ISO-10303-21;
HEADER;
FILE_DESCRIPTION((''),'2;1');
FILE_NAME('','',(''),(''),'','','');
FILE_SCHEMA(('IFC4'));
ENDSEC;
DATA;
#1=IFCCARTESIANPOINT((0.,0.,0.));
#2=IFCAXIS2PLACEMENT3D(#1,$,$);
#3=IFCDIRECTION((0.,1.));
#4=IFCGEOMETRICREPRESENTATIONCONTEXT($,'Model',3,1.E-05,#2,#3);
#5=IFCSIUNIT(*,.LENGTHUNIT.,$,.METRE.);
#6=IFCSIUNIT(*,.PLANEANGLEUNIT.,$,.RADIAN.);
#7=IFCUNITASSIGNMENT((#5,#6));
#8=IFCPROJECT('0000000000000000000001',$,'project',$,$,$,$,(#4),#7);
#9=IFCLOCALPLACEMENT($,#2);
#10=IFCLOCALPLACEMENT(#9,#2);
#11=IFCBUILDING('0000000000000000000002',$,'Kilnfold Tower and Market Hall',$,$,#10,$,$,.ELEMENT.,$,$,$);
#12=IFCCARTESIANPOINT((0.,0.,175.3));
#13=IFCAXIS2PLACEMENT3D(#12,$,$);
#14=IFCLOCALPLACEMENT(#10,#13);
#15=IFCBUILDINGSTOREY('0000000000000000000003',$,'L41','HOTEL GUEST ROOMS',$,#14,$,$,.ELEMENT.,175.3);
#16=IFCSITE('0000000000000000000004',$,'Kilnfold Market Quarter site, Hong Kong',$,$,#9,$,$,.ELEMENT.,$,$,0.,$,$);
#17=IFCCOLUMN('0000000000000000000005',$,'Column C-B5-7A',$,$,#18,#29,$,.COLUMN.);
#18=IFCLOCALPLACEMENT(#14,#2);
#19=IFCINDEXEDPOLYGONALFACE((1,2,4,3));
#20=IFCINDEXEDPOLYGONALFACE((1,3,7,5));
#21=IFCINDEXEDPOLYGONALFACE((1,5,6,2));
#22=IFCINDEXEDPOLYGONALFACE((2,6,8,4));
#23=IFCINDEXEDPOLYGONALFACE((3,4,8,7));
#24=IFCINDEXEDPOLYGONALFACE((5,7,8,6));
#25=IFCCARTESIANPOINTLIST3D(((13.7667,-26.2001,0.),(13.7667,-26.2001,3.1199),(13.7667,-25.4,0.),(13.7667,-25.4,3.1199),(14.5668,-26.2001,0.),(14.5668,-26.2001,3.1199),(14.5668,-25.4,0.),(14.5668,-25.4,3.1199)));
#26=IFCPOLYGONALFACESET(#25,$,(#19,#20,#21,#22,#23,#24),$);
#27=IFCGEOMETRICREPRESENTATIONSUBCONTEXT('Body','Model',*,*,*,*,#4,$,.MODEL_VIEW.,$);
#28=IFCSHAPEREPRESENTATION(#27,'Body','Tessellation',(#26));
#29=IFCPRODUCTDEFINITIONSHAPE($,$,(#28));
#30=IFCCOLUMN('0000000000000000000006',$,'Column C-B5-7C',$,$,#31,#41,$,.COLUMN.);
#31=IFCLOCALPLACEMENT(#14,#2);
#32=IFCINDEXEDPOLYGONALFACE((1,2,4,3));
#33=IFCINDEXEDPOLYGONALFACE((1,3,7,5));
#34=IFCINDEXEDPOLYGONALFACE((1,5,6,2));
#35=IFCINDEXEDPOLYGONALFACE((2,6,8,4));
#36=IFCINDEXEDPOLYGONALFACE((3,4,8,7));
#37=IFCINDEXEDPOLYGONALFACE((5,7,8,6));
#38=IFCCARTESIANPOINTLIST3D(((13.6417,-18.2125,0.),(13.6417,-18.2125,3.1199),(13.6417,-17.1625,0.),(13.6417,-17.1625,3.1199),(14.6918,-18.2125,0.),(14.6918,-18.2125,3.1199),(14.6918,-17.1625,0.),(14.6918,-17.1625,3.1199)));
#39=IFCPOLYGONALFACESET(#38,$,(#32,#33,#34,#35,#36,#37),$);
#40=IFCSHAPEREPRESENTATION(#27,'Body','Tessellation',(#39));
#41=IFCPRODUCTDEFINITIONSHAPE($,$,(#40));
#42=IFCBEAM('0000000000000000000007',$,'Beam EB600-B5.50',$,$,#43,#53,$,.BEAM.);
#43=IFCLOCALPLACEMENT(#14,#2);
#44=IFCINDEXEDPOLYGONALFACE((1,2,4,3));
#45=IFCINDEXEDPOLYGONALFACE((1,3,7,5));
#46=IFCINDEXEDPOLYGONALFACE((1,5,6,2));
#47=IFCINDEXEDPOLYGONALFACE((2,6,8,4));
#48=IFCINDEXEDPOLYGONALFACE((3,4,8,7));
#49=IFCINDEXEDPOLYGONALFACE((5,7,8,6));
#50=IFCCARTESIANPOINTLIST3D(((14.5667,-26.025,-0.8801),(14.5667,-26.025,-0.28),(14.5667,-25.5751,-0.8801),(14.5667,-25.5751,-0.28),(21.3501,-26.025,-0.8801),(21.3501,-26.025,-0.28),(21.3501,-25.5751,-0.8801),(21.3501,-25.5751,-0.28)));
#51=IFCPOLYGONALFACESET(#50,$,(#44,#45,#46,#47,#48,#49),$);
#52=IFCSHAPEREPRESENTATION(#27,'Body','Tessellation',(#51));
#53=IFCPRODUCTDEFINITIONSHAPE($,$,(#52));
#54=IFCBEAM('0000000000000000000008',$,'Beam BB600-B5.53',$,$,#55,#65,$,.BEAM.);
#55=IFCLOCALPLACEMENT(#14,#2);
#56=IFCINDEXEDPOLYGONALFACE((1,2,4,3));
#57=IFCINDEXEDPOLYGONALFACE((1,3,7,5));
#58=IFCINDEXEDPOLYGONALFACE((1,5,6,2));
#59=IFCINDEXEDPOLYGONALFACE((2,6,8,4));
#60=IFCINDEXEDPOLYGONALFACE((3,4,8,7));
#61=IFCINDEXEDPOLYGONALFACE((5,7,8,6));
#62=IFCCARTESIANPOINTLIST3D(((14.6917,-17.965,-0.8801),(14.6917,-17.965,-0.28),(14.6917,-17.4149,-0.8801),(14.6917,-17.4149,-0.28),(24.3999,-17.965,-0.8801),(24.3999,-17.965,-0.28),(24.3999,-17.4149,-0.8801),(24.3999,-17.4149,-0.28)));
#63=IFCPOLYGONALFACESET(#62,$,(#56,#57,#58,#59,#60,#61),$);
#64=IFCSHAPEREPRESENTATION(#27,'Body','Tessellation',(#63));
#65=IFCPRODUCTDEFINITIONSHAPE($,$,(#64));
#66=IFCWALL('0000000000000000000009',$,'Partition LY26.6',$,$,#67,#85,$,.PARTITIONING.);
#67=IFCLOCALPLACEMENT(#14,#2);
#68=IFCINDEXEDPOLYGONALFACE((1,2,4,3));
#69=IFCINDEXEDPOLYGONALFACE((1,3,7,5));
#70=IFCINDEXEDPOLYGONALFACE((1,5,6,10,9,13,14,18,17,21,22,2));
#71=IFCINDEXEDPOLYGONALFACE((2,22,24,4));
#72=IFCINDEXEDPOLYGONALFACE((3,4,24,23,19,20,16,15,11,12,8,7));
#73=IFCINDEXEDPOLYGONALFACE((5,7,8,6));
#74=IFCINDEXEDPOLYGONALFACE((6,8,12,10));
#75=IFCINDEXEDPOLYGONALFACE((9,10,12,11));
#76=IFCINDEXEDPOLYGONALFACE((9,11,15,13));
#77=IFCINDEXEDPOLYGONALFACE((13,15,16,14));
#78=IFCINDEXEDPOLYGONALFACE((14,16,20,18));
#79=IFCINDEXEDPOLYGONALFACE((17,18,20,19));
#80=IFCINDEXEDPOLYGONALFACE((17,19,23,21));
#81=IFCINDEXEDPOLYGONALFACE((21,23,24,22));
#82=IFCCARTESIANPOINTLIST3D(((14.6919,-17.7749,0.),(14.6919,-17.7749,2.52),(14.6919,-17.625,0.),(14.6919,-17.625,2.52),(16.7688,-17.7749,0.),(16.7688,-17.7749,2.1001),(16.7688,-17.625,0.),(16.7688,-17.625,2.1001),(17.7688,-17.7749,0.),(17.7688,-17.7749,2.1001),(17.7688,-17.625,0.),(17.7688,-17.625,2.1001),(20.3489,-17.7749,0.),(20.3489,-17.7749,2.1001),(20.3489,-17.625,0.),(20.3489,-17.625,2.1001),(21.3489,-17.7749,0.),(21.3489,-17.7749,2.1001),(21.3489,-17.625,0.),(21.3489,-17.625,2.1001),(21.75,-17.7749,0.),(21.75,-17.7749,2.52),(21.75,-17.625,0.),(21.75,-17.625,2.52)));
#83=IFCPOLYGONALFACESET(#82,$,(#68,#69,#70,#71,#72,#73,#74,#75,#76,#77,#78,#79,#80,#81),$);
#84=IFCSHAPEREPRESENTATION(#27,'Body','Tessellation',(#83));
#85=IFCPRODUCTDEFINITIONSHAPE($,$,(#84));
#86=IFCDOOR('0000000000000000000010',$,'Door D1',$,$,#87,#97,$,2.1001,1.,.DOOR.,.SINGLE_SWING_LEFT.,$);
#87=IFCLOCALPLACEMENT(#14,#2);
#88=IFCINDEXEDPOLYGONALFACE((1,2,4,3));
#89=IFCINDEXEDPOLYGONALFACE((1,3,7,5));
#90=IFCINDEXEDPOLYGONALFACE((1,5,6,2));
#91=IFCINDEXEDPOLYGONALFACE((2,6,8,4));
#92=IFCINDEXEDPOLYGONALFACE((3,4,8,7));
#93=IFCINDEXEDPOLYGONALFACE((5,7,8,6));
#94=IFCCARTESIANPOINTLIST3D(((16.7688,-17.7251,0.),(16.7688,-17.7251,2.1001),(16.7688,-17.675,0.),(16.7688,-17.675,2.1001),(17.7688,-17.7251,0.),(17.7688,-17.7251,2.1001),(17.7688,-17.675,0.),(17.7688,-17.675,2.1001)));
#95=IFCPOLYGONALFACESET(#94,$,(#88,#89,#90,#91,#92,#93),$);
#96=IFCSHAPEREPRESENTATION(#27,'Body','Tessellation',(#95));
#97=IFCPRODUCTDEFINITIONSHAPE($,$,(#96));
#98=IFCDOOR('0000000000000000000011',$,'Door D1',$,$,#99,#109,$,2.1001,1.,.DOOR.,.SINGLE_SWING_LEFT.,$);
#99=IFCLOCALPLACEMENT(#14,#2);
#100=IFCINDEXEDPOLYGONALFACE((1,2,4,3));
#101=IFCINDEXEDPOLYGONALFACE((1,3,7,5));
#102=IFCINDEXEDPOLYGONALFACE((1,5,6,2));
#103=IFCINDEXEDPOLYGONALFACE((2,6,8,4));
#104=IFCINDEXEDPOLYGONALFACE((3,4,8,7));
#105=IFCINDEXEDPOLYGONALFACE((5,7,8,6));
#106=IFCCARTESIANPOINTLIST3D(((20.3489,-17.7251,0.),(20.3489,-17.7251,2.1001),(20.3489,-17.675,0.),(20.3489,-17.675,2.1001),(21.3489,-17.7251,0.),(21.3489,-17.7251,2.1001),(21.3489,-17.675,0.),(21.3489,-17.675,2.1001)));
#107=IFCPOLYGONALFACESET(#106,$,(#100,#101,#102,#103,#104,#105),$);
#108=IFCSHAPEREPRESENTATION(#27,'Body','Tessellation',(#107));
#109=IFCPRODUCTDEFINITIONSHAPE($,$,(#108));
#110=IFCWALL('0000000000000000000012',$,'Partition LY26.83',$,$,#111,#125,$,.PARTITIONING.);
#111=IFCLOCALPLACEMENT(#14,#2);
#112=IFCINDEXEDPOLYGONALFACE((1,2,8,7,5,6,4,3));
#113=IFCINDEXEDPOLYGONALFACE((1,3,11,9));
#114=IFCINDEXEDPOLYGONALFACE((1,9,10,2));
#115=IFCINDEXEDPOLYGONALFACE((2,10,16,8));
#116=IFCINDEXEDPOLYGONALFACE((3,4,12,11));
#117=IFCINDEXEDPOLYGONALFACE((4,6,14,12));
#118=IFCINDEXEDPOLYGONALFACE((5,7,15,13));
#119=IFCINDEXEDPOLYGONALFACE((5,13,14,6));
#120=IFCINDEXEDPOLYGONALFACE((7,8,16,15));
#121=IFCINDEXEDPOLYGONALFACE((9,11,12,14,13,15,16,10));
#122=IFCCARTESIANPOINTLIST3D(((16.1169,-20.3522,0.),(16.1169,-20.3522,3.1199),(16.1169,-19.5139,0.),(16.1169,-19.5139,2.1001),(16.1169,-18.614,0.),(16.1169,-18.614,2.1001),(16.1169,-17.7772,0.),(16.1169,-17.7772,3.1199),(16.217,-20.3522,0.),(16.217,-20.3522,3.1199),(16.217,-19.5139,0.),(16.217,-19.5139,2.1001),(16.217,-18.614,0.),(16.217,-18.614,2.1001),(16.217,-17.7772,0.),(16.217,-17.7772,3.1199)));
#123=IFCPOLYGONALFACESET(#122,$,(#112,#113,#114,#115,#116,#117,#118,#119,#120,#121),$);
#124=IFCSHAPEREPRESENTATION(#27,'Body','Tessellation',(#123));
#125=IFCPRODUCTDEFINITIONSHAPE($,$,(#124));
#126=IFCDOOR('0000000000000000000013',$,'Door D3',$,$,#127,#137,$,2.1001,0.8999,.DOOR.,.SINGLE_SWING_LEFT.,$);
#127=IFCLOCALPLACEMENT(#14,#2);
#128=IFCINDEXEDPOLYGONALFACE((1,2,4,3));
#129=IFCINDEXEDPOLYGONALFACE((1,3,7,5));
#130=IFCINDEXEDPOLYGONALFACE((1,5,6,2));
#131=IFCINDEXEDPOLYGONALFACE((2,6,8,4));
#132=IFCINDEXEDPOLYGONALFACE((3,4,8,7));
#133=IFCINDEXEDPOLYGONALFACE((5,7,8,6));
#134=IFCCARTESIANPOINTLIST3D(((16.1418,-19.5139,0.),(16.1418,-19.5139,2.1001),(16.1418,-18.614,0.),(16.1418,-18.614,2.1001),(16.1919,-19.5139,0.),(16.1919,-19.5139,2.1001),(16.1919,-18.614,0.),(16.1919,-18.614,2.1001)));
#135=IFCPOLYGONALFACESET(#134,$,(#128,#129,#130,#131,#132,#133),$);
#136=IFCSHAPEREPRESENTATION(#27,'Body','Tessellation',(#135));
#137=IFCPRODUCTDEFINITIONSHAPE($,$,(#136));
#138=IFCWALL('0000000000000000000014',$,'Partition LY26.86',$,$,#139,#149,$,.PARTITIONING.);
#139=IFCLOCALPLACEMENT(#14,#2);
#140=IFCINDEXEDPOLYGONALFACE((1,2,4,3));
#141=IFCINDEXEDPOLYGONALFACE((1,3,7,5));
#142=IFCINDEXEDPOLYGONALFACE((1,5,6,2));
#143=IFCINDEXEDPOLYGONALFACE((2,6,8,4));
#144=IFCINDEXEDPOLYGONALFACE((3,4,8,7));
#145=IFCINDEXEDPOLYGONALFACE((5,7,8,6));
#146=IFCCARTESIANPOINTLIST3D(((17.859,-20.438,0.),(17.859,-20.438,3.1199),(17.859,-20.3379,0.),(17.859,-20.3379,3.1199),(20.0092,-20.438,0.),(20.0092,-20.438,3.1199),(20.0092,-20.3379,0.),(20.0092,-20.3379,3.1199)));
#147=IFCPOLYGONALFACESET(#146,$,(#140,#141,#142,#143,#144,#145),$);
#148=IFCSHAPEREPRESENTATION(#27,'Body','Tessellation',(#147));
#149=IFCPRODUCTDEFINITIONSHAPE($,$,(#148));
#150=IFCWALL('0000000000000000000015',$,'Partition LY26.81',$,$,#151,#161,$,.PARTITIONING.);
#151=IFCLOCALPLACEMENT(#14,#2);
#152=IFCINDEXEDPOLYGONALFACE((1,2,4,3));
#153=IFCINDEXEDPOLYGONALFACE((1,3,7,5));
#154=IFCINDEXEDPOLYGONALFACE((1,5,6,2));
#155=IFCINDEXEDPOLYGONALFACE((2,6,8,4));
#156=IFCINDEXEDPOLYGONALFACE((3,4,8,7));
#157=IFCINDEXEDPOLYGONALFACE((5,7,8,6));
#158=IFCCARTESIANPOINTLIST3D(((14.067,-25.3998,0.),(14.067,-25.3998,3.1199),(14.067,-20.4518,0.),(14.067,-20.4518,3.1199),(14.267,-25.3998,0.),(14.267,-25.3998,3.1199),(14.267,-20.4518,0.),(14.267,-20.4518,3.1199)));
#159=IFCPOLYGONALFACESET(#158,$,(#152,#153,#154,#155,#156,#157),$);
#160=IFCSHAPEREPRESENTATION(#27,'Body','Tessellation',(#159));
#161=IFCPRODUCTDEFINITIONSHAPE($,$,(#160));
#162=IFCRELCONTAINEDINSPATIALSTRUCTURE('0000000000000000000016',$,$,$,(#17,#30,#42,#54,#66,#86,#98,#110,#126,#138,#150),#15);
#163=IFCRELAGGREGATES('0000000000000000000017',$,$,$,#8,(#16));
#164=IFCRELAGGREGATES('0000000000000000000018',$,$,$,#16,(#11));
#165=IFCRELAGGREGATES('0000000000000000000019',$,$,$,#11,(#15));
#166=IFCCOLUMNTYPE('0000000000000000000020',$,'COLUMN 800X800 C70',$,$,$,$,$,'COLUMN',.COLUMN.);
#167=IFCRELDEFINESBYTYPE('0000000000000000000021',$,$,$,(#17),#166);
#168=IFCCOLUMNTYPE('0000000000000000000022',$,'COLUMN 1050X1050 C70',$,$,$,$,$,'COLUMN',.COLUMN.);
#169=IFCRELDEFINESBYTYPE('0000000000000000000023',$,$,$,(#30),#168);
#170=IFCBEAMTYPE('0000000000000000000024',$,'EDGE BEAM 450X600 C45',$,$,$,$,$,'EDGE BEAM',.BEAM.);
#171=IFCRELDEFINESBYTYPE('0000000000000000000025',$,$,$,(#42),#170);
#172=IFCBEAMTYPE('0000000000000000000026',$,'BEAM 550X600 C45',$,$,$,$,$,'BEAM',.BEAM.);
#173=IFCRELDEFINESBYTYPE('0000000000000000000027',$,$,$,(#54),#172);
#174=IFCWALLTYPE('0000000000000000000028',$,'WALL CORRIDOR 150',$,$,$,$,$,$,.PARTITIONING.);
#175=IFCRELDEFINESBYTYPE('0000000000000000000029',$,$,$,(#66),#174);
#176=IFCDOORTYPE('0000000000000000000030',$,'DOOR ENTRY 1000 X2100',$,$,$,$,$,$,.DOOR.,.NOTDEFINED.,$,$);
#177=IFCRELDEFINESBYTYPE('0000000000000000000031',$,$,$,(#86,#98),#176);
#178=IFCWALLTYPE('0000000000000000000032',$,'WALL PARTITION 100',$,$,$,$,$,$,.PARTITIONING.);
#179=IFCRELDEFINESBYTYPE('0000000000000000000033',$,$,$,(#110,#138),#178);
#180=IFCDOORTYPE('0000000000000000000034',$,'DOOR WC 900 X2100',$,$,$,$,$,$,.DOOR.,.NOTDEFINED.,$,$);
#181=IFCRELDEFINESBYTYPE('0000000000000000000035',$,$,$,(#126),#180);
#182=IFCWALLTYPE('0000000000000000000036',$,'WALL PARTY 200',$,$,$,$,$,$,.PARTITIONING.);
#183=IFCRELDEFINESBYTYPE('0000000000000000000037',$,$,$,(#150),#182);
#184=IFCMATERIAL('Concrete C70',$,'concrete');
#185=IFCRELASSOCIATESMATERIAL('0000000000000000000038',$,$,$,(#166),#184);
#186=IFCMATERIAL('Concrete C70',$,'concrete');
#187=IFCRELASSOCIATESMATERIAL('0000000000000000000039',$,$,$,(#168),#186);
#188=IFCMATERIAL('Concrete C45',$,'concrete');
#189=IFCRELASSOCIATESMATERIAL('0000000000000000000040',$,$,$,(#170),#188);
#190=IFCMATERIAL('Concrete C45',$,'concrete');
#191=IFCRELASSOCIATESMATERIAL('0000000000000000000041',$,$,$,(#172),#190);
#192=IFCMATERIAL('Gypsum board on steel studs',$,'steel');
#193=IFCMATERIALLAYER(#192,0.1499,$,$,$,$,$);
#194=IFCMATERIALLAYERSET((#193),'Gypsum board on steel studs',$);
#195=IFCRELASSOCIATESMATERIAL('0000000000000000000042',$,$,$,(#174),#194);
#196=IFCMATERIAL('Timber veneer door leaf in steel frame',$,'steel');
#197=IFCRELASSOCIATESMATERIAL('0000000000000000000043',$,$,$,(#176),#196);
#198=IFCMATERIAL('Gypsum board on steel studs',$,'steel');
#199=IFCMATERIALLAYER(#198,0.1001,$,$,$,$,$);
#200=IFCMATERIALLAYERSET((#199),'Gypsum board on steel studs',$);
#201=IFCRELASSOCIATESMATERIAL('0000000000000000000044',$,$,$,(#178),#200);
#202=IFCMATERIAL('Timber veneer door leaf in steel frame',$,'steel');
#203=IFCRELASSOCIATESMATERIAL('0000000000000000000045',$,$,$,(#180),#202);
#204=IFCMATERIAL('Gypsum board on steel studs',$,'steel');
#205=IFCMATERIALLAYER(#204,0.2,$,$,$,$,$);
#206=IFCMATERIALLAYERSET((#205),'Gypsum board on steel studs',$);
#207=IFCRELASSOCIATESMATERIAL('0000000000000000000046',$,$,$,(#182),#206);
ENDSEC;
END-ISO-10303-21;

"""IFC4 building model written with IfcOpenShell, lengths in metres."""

from ifc_helpers import new_model, si_unit, direction, frame, frame_2d, origin, origin_2d, place, context, subcontext, project, spatial, rectangle, extrude, source, transform, mapped, material, layer, layer_set, material_profile, profile_set, type_object, element, fill, save


model = new_model("IFC4")

# Units and contexts
model_context = context("Model", 3, precision=1e-05, world=origin(), true_north=direction((0.0, 1.0)))
body_context = subcontext(model_context, "Body", "Model", "MODEL_VIEW")
ifc_project = project(units=[si_unit("LENGTHUNIT", "METRE"), si_unit("PLANEANGLEUNIT", "RADIAN")], contexts=[model_context])

# Site, building, storey
site_placement = place(None, origin())
site = spatial("IfcSite", under=ifc_project, at=site_placement, Name="Kilnfold Market Quarter site, Hong Kong", CompositionType="ELEMENT", RefElevation=0.0)
building_placement = place(site_placement, origin())
building = spatial("IfcBuilding", under=site, at=building_placement, Name="Kilnfold Tower and Market Hall", CompositionType="ELEMENT")
storey_placement = place(building_placement, frame((0.0, 0.0, 175.3)))
storey = spatial("IfcBuildingStorey", under=building, at=storey_placement, Name="L41", Description="HOTEL GUEST ROOMS", CompositionType="ELEMENT", Elevation=175.3)

# Columns
ifc_material_1 = material(Name="Concrete C70", Category="concrete")
ifc_material_profile_1 = material_profile(ifc_material_1, rectangle(XDim=0.8, YDim=0.8, at=origin_2d()), Name="RC 800x800")
ifc_profile_set_1 = profile_set([ifc_material_profile_1], Name="Concrete C70")
column_type_1 = type_object("IfcColumnType", Name="COLUMN 800X800 C70", ElementType="COLUMN", PredefinedType="COLUMN", material=ifc_profile_set_1)
shared_shape_1 = source(origin(), body_context, "Body", "SweptSolid", [
    extrude(rectangle(XDim=0.8, YDim=0.8, at=origin_2d()), origin(), (0.0, 0.0, 1.0), 3.1199),
])
column_1_placement = place(storey_placement, frame((14.1667, -25.8, 0.0), z_axis=(0.0, 0.0, 1.0), x_axis=(1.0, 0.0, 0.0)))
element("IfcColumn", 1, at=column_1_placement, inside=storey, type_object=column_type_1, Name="Column C-B5-7A", PredefinedType="COLUMN", context=body_context, shape_type="MappedRepresentation", body=[
    mapped(shared_shape_1, transform((0.0, 0.0, 0.0))),
])
ifc_material_2 = material(Name="Concrete C70", Category="concrete")
ifc_material_profile_2 = material_profile(ifc_material_2, rectangle(XDim=1.05, YDim=1.05, at=origin_2d()), Name="RC 1050x1050")
ifc_profile_set_2 = profile_set([ifc_material_profile_2], Name="Concrete C70")
column_type_2 = type_object("IfcColumnType", Name="COLUMN 1050X1050 C70", ElementType="COLUMN", PredefinedType="COLUMN", material=ifc_profile_set_2)
shared_shape_2 = source(origin(), body_context, "Body", "SweptSolid", [
    extrude(rectangle(XDim=1.05, YDim=1.05, at=origin_2d()), origin(), (0.0, 0.0, 1.0), 3.1199),
])
column_2_placement = place(storey_placement, frame((14.1667, -17.6875, 0.0), z_axis=(0.0, 0.0, 1.0), x_axis=(1.0, 0.0, 0.0)))
element("IfcColumn", 2, at=column_2_placement, inside=storey, type_object=column_type_2, Name="Column C-B5-7C", PredefinedType="COLUMN", context=body_context, shape_type="MappedRepresentation", body=[
    mapped(shared_shape_2, transform((0.0, 0.0, 0.0))),
])

# Beams
ifc_material_3 = material(Name="Concrete C45", Category="concrete")
ifc_material_profile_3 = material_profile(ifc_material_3, rectangle(XDim=0.45, YDim=0.6001, at=origin_2d()), Name="RC 450x600")
ifc_profile_set_3 = profile_set([ifc_material_profile_3], Name="Concrete C45")
beam_type_1 = type_object("IfcBeamType", Name="EDGE BEAM 450X600 C45", ElementType="EDGE BEAM", PredefinedType="BEAM", material=ifc_profile_set_3)
shared_shape_3 = source(origin(), body_context, "Body", "SweptSolid", [
    extrude(rectangle(XDim=0.45, YDim=0.6001, at=origin_2d()), origin(), (0.0, 0.0, 1.0), 6.7834),
])
beam_1_placement = place(storey_placement, frame((14.5667, -25.8, -0.5801), z_axis=(1.0, 0.0, 0.0), x_axis=(0.0, 1.0, 0.0)))
element("IfcBeam", 3, at=beam_1_placement, inside=storey, type_object=beam_type_1, Name="Beam EB600-B5.50", PredefinedType="BEAM", context=body_context, shape_type="MappedRepresentation", body=[
    mapped(shared_shape_3, transform((0.0, 0.0, 0.0))),
])
ifc_material_4 = material(Name="Concrete C45", Category="concrete")
ifc_material_profile_4 = material_profile(ifc_material_4, rectangle(XDim=0.55, YDim=0.6001, at=origin_2d()), Name="RC 550x600")
ifc_profile_set_4 = profile_set([ifc_material_profile_4], Name="Concrete C45")
beam_type_2 = type_object("IfcBeamType", Name="BEAM 550X600 C45", ElementType="BEAM", PredefinedType="BEAM", material=ifc_profile_set_4)
shared_shape_4 = source(origin(), body_context, "Body", "SweptSolid", [
    extrude(rectangle(XDim=0.55, YDim=0.6001, at=origin_2d()), origin(), (0.0, 0.0, 1.0), 9.7083),
])
beam_2_placement = place(storey_placement, frame((14.6917, -17.6899, -0.5801), z_axis=(1.0, 0.0, 0.0), x_axis=(0.0, 1.0, 0.0)))
element("IfcBeam", 4, at=beam_2_placement, inside=storey, type_object=beam_type_2, Name="Beam BB600-B5.53", PredefinedType="BEAM", context=body_context, shape_type="MappedRepresentation", body=[
    mapped(shared_shape_4, transform((0.0, 0.0, 0.0))),
])

# Wall, openings, doors
ifc_material_5 = material(Name="Gypsum board on steel studs", Category="steel")
ifc_layer_1 = layer(ifc_material_5, 0.1499)
ifc_layer_set_1 = layer_set([ifc_layer_1], Name="Gypsum board on steel studs")
wall_type_1 = type_object("IfcWallType", Name="WALL CORRIDOR 150", PredefinedType="PARTITIONING", material=ifc_layer_set_1)
wall_1_placement = place(storey_placement, frame((14.6919, -17.7, 0.0), z_axis=(0.0, 0.0, 1.0), x_axis=(1.0, 0.0, 0.0)))
wall_1 = element("IfcWall", 5, at=wall_1_placement, inside=storey, type_object=wall_type_1, Name="Partition LY26.6", PredefinedType="PARTITIONING", context=body_context, shape_type="SweptSolid", body=[
    extrude(rectangle(XDim=7.0581, YDim=0.1499, at=frame_2d((3.5291, 0.0))), origin(), (0.0, 0.0, 1.0), 2.52),
])
opening_1_placement = place(wall_1_placement, frame((2.0769, 0.0, 0.0)))
opening_1 = element("IfcOpeningElement", 6, at=opening_1_placement, cuts=wall_1, PredefinedType="OPENING", context=body_context, shape_type="SweptSolid", body=[
    extrude(rectangle(XDim=1.0, YDim=2.1001, at=frame_2d((0.5, 1.05))), frame((0.0, 0.085, 0.0), z_axis=(0.0, -1.0, 0.0), x_axis=(1.0, 0.0, 0.0)), (0.0, 0.0, 1.0), 0.1699),
])
opening_2_placement = place(wall_1_placement, frame((5.657, 0.0, 0.0)))
opening_2 = element("IfcOpeningElement", 7, at=opening_2_placement, cuts=wall_1, PredefinedType="OPENING", context=body_context, shape_type="SweptSolid", body=[
    extrude(rectangle(XDim=1.0, YDim=2.1001, at=frame_2d((0.5, 1.05))), frame((0.0, 0.085, 0.0), z_axis=(0.0, -1.0, 0.0), x_axis=(1.0, 0.0, 0.0)), (0.0, 0.0, 1.0), 0.1699),
])
ifc_material_6 = material(Name="Timber veneer door leaf in steel frame", Category="steel")
door_type_1 = type_object("IfcDoorType", Name="DOOR ENTRY 1000 X2100", OperationType="NOTDEFINED", PredefinedType="DOOR", material=ifc_material_6)
door_1_placement = place(opening_1_placement, origin())
door_1 = element("IfcDoor", 8, at=door_1_placement, inside=storey, type_object=door_type_1, Name="Door D1", OperationType="SINGLE_SWING_LEFT", OverallHeight=2.1001, OverallWidth=1.0, PredefinedType="DOOR", context=body_context, shape_type="SweptSolid", body=[
    extrude(rectangle(XDim=1.0, YDim=2.1001, at=frame_2d((0.5, 1.05))), frame((0.0, 0.0249, 0.0), z_axis=(0.0, -1.0, 0.0), x_axis=(1.0, 0.0, 0.0)), (0.0, 0.0, 1.0), 0.05),
])
fill(opening_1, door_1)
door_2_placement = place(opening_2_placement, origin())
door_2 = element("IfcDoor", 9, at=door_2_placement, inside=storey, type_object=door_type_1, Name="Door D1", OperationType="SINGLE_SWING_LEFT", OverallHeight=2.1001, OverallWidth=1.0, PredefinedType="DOOR", context=body_context, shape_type="SweptSolid", body=[
    extrude(rectangle(XDim=1.0, YDim=2.1001, at=frame_2d((0.5, 1.05))), frame((0.0, 0.0249, 0.0), z_axis=(0.0, -1.0, 0.0), x_axis=(1.0, 0.0, 0.0)), (0.0, 0.0, 1.0), 0.05),
])
fill(opening_2, door_2)

# Wall, opening, door
ifc_material_7 = material(Name="Gypsum board on steel studs", Category="steel")
ifc_layer_2 = layer(ifc_material_7, 0.1001)
ifc_layer_set_2 = layer_set([ifc_layer_2], Name="Gypsum board on steel studs")
wall_type_2 = type_object("IfcWallType", Name="WALL PARTITION 100", PredefinedType="PARTITIONING", material=ifc_layer_set_2)
wall_2_placement = place(storey_placement, frame((16.167, -17.7771, 0.0), z_axis=(0.0, 0.0, 1.0), x_axis=(0.0, -1.0, 0.0)))
wall_2 = element("IfcWall", 10, at=wall_2_placement, inside=storey, type_object=wall_type_2, Name="Partition LY26.83", PredefinedType="PARTITIONING", context=body_context, shape_type="SweptSolid", body=[
    extrude(rectangle(XDim=2.575, YDim=0.1001, at=frame_2d((1.2876, 0.0))), origin(), (0.0, 0.0, 1.0), 3.1199),
])
opening_3_placement = place(wall_2_placement, frame((0.8369, 0.0, 0.0)))
opening_3 = element("IfcOpeningElement", 11, at=opening_3_placement, cuts=wall_2, PredefinedType="OPENING", context=body_context, shape_type="SweptSolid", body=[
    extrude(rectangle(XDim=0.8999, YDim=2.1001, at=frame_2d((0.45, 1.05))), frame((0.0, 0.0601, 0.0), z_axis=(0.0, -1.0, 0.0), x_axis=(1.0, 0.0, 0.0)), (0.0, 0.0, 1.0), 0.1201),
])
ifc_material_8 = material(Name="Timber veneer door leaf in steel frame", Category="steel")
door_type_2 = type_object("IfcDoorType", Name="DOOR WC 900 X2100", OperationType="NOTDEFINED", PredefinedType="DOOR", material=ifc_material_8)
door_3_placement = place(opening_3_placement, origin())
door_3 = element("IfcDoor", 12, at=door_3_placement, inside=storey, type_object=door_type_2, Name="Door D3", OperationType="SINGLE_SWING_LEFT", OverallHeight=2.1001, OverallWidth=0.8999, PredefinedType="DOOR", context=body_context, shape_type="SweptSolid", body=[
    extrude(rectangle(XDim=0.8999, YDim=2.1001, at=frame_2d((0.45, 1.05))), frame((0.0, 0.0249, 0.0), z_axis=(0.0, -1.0, 0.0), x_axis=(1.0, 0.0, 0.0)), (0.0, 0.0, 1.0), 0.05),
])
fill(opening_3, door_3)

# Walls
wall_3_placement = place(storey_placement, frame((17.8589, -20.3879, 0.0), z_axis=(0.0, 0.0, 1.0), x_axis=(1.0, 0.0, 0.0)))
element("IfcWall", 13, at=wall_3_placement, inside=storey, type_object=wall_type_2, Name="Partition LY26.86", PredefinedType="PARTITIONING", context=body_context, shape_type="SweptSolid", body=[
    extrude(rectangle(XDim=2.1501, YDim=0.1001, at=frame_2d((1.0752, 0.0))), origin(), (0.0, 0.0, 1.0), 3.1199),
])
ifc_material_9 = material(Name="Gypsum board on steel studs", Category="steel")
ifc_layer_3 = layer(ifc_material_9, 0.2)
ifc_layer_set_3 = layer_set([ifc_layer_3], Name="Gypsum board on steel studs")
wall_type_3 = type_object("IfcWallType", Name="WALL PARTY 200", PredefinedType="PARTITIONING", material=ifc_layer_set_3)
wall_4_placement = place(storey_placement, frame((14.167, -25.3999, 0.0), z_axis=(0.0, 0.0, 1.0), x_axis=(0.0, 1.0, 0.0)))
element("IfcWall", 14, at=wall_4_placement, inside=storey, type_object=wall_type_3, Name="Partition LY26.81", PredefinedType="PARTITIONING", context=body_context, shape_type="SweptSolid", body=[
    extrude(rectangle(XDim=4.948, YDim=0.2, at=frame_2d((2.4741, 0.0))), origin(), (0.0, 0.0, 1.0), 3.1199),
])

save(model, "model.ifc")
